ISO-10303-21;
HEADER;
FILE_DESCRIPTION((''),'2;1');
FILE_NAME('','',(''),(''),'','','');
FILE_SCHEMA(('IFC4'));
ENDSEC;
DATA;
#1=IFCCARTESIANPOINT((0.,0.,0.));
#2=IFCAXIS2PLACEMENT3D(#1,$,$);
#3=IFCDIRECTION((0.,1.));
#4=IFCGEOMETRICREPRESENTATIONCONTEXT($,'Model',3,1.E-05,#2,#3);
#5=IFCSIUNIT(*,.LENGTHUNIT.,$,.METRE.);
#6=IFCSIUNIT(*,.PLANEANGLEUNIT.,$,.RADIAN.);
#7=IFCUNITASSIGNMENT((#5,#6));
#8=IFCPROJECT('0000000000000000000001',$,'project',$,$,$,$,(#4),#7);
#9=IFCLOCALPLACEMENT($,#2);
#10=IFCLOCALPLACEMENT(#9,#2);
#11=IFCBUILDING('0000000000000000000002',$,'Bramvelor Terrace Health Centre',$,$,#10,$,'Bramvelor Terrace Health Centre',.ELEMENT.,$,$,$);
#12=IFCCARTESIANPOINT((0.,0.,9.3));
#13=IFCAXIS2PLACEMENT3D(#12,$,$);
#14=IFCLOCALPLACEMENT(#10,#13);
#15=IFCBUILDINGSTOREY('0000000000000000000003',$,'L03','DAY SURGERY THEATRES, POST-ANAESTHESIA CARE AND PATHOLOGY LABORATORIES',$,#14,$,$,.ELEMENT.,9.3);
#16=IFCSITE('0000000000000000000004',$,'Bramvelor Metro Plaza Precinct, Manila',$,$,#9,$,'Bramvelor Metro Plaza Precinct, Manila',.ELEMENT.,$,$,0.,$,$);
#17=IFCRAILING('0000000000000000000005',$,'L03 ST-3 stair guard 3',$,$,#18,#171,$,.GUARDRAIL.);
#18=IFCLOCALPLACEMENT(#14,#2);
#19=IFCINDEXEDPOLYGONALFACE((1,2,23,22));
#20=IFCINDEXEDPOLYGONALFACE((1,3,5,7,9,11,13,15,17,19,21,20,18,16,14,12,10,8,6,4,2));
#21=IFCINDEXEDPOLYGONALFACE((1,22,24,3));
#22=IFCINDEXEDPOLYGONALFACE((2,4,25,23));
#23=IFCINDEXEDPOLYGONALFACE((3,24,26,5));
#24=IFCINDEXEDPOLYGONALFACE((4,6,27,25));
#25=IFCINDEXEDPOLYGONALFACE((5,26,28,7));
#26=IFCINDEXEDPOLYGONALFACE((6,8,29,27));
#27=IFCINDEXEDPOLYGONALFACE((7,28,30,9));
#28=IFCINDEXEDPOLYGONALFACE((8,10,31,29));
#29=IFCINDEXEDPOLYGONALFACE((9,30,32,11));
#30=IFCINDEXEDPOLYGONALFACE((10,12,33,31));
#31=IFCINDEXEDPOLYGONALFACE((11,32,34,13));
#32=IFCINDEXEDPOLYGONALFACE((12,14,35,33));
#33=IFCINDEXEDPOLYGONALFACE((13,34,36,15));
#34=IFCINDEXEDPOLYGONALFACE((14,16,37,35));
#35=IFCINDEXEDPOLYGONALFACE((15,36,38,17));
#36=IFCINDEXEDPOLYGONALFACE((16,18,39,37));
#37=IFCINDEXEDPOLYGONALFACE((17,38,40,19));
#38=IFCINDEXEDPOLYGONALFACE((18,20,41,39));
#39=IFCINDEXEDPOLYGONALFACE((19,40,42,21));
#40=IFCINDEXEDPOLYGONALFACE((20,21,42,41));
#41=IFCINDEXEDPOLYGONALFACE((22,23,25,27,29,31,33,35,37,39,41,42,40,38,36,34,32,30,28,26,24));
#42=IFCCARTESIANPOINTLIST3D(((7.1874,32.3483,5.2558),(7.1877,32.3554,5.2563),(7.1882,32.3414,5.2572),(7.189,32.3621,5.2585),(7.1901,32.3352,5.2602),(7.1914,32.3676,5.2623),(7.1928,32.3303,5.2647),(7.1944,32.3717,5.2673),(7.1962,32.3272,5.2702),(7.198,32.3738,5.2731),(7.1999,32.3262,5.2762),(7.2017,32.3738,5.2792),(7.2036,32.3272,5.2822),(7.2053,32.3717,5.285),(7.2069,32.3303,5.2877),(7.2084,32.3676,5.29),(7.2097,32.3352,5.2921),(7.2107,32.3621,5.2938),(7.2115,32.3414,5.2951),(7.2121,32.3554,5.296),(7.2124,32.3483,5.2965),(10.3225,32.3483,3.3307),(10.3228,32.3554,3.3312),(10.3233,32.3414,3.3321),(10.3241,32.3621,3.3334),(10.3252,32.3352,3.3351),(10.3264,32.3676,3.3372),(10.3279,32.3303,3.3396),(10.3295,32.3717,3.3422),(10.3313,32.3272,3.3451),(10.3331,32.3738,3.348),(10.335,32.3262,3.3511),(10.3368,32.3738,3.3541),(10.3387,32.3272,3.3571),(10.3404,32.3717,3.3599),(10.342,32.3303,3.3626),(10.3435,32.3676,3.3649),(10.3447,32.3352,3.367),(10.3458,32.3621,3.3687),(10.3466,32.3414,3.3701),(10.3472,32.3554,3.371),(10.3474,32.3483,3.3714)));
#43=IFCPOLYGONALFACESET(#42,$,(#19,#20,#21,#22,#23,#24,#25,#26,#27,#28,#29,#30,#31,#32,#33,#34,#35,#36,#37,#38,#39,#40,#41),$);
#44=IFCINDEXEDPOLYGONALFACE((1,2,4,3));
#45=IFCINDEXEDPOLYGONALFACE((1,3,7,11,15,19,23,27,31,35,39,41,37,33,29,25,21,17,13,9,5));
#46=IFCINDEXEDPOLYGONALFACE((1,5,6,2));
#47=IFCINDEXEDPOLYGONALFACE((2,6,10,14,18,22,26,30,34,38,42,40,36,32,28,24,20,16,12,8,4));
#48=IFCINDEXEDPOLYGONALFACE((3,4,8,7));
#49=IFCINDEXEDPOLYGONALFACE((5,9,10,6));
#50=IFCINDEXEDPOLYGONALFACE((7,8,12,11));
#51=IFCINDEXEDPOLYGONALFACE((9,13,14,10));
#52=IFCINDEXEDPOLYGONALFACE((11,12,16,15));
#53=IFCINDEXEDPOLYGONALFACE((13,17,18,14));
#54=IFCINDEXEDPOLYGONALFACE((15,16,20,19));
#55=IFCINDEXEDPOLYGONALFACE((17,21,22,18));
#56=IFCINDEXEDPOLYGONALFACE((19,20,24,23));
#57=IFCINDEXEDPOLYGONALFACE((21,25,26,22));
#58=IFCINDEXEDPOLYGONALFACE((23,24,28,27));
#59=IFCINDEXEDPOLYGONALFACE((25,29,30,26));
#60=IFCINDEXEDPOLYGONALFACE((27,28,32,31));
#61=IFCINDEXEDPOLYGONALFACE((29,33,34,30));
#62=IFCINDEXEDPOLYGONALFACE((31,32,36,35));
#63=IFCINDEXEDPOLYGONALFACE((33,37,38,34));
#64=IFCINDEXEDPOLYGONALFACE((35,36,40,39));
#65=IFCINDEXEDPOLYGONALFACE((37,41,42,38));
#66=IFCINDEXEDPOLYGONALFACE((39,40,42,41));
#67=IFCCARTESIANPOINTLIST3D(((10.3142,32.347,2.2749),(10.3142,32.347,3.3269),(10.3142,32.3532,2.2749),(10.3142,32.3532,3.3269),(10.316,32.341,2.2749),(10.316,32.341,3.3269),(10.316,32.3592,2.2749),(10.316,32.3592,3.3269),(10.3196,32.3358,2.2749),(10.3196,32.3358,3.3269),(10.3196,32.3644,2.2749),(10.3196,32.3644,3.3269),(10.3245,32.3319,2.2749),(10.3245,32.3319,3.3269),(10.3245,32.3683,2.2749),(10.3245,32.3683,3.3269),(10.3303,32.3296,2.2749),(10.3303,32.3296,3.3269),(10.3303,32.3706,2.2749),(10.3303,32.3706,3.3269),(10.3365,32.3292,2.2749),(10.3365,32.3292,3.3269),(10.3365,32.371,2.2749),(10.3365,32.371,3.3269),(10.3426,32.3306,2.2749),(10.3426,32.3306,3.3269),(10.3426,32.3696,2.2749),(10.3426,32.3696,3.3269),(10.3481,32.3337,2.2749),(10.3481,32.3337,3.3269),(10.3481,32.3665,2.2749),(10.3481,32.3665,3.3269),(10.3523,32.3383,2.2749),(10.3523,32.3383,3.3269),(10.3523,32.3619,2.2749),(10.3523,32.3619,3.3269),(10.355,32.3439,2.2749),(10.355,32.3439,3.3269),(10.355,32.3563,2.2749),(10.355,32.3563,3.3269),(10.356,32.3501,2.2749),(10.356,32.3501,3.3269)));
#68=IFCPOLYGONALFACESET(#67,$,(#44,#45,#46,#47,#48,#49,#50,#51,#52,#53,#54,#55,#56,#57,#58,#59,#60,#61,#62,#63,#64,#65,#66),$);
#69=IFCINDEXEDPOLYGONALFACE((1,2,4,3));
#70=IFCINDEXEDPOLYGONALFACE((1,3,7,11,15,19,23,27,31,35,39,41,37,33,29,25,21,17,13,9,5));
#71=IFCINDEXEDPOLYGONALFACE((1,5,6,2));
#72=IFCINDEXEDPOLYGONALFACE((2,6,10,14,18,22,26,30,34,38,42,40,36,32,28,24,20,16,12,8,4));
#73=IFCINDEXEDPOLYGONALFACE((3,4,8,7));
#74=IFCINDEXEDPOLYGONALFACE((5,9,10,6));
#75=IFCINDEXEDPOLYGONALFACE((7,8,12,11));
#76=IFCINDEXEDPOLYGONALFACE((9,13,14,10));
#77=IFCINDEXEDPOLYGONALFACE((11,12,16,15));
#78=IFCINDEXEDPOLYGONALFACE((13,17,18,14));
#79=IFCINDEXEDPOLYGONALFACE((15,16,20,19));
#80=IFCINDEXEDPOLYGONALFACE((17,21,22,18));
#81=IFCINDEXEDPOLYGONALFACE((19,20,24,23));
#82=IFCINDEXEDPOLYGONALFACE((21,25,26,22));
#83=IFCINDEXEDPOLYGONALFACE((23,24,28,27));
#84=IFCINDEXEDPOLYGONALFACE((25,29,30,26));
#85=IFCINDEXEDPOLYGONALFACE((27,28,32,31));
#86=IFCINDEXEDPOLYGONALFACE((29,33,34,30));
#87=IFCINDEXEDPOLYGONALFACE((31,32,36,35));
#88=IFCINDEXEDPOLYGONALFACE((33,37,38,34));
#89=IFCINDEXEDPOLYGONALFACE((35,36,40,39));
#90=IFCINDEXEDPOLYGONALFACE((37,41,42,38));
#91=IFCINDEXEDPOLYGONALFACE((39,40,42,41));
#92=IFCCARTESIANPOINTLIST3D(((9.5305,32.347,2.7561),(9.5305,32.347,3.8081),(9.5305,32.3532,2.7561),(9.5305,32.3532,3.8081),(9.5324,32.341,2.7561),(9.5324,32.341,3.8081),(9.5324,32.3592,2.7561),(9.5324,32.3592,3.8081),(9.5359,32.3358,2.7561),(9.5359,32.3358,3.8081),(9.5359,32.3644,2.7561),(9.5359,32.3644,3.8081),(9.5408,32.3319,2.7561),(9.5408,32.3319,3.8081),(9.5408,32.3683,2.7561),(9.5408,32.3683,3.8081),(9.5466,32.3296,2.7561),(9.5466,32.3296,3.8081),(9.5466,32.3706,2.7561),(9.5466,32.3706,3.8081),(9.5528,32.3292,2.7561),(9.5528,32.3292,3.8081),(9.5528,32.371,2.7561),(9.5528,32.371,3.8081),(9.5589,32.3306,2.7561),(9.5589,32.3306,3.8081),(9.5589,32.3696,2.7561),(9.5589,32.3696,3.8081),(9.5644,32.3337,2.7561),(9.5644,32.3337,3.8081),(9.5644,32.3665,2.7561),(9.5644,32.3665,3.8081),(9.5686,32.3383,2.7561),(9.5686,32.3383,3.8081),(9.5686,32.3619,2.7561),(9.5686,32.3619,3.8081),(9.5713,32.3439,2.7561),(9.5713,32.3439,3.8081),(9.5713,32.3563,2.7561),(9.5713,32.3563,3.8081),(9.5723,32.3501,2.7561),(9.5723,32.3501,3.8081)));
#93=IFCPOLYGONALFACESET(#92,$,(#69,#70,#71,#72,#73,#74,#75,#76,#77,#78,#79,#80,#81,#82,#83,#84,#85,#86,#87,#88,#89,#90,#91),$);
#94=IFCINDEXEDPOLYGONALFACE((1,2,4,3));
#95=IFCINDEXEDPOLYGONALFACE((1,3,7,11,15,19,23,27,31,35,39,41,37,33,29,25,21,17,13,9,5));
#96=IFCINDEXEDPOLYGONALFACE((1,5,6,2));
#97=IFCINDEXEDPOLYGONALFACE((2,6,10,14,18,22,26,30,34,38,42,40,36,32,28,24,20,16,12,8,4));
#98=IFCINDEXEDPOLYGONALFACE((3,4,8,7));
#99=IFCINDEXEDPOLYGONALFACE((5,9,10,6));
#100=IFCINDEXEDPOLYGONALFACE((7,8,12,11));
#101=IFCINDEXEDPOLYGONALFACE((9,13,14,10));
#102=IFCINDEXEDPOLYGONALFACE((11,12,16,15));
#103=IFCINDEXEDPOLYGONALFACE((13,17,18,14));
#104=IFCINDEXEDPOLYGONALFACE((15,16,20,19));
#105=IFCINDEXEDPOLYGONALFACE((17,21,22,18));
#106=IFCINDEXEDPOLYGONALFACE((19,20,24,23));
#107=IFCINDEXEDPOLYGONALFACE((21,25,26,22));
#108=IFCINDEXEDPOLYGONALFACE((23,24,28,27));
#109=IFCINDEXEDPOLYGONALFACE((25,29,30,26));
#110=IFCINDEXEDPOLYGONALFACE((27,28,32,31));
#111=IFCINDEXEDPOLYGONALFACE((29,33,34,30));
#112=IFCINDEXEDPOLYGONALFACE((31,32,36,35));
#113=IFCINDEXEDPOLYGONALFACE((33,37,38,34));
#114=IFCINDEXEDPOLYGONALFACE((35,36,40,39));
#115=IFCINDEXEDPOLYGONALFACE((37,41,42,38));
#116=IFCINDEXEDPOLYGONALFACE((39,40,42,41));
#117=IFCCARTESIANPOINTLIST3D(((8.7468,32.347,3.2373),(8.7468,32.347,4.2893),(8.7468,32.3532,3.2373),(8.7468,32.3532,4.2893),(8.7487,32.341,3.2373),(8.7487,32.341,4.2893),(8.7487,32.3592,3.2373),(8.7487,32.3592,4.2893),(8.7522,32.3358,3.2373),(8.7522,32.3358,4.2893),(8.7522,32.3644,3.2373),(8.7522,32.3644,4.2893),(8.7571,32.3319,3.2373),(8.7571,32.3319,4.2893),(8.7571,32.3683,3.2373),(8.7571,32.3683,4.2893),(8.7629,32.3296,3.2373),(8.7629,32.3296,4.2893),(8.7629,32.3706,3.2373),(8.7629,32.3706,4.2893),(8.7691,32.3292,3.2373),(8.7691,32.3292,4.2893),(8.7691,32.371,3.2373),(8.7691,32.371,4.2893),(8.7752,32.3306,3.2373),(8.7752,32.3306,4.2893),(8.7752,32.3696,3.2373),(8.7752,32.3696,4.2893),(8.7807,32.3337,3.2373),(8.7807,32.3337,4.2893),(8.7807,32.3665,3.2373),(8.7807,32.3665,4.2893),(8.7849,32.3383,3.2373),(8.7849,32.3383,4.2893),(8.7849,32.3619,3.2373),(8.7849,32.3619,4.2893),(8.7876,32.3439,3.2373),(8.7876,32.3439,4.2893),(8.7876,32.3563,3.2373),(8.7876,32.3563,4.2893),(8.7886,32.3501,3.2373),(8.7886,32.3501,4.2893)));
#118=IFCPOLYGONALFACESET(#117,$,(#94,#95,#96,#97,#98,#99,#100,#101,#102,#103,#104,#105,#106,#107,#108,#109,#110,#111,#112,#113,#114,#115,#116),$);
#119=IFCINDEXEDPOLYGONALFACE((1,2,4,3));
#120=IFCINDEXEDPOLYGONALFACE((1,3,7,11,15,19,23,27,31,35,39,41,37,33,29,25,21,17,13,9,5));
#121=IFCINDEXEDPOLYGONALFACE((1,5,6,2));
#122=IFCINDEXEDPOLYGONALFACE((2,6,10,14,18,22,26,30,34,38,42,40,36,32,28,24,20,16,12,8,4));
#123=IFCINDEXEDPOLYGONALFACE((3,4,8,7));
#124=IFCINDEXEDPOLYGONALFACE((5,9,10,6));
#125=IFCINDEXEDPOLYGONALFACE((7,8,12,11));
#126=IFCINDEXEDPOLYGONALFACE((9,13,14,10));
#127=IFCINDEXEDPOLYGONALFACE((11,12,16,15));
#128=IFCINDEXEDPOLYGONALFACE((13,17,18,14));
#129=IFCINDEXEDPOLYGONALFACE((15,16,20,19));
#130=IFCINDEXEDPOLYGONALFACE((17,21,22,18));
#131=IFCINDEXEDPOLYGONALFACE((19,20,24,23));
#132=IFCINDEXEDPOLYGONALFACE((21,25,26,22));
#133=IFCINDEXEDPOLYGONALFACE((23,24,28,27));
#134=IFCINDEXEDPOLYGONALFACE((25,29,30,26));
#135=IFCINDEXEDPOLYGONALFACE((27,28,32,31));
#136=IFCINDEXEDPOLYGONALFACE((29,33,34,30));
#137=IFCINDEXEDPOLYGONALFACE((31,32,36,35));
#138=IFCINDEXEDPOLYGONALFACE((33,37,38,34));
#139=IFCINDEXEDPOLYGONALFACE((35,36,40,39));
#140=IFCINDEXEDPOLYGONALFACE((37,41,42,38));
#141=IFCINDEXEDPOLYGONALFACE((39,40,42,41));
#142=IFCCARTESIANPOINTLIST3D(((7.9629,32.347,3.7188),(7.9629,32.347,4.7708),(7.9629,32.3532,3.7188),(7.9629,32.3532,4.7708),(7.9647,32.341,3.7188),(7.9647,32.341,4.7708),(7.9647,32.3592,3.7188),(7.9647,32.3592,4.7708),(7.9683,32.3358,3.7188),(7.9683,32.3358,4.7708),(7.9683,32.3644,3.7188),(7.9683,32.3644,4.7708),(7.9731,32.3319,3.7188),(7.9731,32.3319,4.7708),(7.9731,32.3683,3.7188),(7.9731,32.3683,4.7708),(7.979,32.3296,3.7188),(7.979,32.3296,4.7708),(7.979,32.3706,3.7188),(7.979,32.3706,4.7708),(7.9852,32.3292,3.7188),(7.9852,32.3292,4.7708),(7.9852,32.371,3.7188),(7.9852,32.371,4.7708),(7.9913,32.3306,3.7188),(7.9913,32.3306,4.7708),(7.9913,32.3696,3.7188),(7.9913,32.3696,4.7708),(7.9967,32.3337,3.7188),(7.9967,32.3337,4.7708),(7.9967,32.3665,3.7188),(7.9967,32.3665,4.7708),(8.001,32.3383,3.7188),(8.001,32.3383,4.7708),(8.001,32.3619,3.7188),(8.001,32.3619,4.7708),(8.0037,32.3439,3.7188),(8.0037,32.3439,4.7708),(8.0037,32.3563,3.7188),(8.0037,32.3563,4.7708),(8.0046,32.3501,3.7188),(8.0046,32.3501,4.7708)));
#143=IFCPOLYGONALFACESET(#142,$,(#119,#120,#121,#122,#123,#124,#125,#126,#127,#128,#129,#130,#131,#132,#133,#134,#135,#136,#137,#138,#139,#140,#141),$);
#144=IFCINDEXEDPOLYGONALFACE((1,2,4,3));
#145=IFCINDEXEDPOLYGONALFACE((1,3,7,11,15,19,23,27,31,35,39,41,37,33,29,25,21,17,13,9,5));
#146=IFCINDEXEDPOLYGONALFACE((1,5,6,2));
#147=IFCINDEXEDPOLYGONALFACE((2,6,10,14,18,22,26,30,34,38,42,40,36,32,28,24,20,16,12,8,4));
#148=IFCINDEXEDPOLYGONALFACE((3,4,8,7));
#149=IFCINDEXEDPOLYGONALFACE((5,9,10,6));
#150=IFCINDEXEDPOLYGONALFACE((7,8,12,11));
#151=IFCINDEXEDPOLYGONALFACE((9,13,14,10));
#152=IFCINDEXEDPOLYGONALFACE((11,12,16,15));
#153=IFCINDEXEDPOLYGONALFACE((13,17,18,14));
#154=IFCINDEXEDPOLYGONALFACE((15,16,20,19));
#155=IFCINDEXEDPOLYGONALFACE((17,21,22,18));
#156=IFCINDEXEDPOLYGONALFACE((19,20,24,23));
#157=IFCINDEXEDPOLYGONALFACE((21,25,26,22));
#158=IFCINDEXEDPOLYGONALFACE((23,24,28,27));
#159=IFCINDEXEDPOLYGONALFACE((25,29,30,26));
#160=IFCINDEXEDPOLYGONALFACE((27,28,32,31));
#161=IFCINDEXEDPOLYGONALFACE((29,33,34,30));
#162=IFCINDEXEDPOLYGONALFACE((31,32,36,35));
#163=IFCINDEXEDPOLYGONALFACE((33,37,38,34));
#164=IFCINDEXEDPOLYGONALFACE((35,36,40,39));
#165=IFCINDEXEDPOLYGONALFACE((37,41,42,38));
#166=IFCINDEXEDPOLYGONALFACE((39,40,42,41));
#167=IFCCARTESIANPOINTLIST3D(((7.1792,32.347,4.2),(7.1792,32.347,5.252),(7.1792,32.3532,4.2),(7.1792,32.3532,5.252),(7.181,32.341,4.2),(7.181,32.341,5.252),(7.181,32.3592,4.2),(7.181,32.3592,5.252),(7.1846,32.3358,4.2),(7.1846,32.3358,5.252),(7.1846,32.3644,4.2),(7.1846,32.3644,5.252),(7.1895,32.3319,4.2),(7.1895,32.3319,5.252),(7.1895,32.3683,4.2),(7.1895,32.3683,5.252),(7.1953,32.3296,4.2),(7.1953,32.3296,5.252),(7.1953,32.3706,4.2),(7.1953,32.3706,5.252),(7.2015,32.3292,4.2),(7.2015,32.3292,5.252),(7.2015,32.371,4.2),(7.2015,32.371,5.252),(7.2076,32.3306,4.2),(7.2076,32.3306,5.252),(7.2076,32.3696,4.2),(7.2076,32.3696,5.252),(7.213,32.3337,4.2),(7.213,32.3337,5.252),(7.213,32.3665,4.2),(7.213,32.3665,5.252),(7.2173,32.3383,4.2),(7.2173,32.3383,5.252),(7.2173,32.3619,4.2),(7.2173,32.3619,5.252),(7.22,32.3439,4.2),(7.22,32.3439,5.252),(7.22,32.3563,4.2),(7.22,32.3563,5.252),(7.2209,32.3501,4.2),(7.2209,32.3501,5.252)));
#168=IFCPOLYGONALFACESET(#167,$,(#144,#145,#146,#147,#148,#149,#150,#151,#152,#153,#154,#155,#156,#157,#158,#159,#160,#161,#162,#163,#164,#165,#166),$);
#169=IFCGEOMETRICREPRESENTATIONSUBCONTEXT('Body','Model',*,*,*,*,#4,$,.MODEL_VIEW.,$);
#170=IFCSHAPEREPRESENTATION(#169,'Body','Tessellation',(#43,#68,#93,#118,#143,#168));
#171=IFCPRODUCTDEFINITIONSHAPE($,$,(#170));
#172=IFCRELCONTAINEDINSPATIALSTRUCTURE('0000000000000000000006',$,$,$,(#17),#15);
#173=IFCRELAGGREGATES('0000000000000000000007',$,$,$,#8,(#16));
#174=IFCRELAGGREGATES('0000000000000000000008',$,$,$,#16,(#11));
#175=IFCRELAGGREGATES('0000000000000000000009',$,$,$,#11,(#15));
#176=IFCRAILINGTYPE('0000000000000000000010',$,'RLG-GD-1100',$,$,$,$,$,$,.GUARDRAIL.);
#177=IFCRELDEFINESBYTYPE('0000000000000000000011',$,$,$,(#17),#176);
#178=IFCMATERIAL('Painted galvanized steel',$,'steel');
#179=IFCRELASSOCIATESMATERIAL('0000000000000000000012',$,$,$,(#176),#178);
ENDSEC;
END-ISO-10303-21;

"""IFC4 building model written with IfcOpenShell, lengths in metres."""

from ifc_helpers import new_model, si_unit, direction, frame, origin, origin_2d, place, context, subcontext, project, spatial, circle, extrude, material, type_object, element, save


model = new_model("IFC4")

# Units and contexts
model_context = context("Model", 3, precision=1e-05, world=origin(), true_north=direction((0.0, 1.0)))
body_context = subcontext(model_context, "Body", "Model", "MODEL_VIEW")
ifc_project = project(units=[si_unit("LENGTHUNIT", "METRE"), si_unit("PLANEANGLEUNIT", "RADIAN")], contexts=[model_context])

# Site, building, storey
site_placement = place(None, origin())
site = spatial("IfcSite", under=ifc_project, at=site_placement, Name="Bramvelor Metro Plaza Precinct, Manila", LongName="Bramvelor Metro Plaza Precinct, Manila", CompositionType="ELEMENT", RefElevation=0.0)
building_placement = place(site_placement, origin())
building = spatial("IfcBuilding", under=site, at=building_placement, Name="Bramvelor Terrace Health Centre", LongName="Bramvelor Terrace Health Centre", CompositionType="ELEMENT")
storey_placement = place(building_placement, frame((0.0, 0.0, 9.3)))
storey = spatial("IfcBuildingStorey", under=building, at=storey_placement, Name="L03", Description="DAY SURGERY THEATRES, POST-ANAESTHESIA CARE AND PATHOLOGY LABORATORIES", CompositionType="ELEMENT", Elevation=9.3)

# Railing
ifc_material_1 = material(Name="Painted galvanized steel", Category="steel")
railing_type_1 = type_object("IfcRailingType", Name="RLG-GD-1100", PredefinedType="GUARDRAIL", material=ifc_material_1)
railing_1_placement = place(storey_placement, frame((10.335, 32.3501, 2.2749)))
element("IfcRailing", 1, at=railing_1_placement, inside=storey, type_object=railing_type_1, Name="L03 ST-3 stair guard 3", PredefinedType="GUARDRAIL", context=body_context, shape_type="SweptSolid", body=[
    extrude(circle(Radius=0.0239, at=origin_2d()), frame((0.0, 0.0, 1.0762), z_axis=(-0.852166, 0.0, 0.523271), x_axis=(0.0, -1.0, 0.0)), (0.0, 0.0, 1.0), 3.679),
    extrude(circle(Radius=0.021, at=origin_2d()), origin(), (0.0, 0.0, 1.0), 1.052),
    extrude(circle(Radius=0.021, at=origin_2d()), frame((-0.7837, 0.0, 0.4812)), (0.0, 0.0, 1.0), 1.052),
    extrude(circle(Radius=0.021, at=origin_2d()), frame((-1.5674, 0.0, 0.9624)), (0.0, 0.0, 1.0), 1.052),
    extrude(circle(Radius=0.021, at=origin_2d()), frame((-2.3513, 0.0, 1.4438)), (0.0, 0.0, 1.0), 1.052),
    extrude(circle(Radius=0.021, at=origin_2d()), frame((-3.135, 0.0, 1.925)), (0.0, 0.0, 1.0), 1.052),
])

save(model, "model.ifc")
